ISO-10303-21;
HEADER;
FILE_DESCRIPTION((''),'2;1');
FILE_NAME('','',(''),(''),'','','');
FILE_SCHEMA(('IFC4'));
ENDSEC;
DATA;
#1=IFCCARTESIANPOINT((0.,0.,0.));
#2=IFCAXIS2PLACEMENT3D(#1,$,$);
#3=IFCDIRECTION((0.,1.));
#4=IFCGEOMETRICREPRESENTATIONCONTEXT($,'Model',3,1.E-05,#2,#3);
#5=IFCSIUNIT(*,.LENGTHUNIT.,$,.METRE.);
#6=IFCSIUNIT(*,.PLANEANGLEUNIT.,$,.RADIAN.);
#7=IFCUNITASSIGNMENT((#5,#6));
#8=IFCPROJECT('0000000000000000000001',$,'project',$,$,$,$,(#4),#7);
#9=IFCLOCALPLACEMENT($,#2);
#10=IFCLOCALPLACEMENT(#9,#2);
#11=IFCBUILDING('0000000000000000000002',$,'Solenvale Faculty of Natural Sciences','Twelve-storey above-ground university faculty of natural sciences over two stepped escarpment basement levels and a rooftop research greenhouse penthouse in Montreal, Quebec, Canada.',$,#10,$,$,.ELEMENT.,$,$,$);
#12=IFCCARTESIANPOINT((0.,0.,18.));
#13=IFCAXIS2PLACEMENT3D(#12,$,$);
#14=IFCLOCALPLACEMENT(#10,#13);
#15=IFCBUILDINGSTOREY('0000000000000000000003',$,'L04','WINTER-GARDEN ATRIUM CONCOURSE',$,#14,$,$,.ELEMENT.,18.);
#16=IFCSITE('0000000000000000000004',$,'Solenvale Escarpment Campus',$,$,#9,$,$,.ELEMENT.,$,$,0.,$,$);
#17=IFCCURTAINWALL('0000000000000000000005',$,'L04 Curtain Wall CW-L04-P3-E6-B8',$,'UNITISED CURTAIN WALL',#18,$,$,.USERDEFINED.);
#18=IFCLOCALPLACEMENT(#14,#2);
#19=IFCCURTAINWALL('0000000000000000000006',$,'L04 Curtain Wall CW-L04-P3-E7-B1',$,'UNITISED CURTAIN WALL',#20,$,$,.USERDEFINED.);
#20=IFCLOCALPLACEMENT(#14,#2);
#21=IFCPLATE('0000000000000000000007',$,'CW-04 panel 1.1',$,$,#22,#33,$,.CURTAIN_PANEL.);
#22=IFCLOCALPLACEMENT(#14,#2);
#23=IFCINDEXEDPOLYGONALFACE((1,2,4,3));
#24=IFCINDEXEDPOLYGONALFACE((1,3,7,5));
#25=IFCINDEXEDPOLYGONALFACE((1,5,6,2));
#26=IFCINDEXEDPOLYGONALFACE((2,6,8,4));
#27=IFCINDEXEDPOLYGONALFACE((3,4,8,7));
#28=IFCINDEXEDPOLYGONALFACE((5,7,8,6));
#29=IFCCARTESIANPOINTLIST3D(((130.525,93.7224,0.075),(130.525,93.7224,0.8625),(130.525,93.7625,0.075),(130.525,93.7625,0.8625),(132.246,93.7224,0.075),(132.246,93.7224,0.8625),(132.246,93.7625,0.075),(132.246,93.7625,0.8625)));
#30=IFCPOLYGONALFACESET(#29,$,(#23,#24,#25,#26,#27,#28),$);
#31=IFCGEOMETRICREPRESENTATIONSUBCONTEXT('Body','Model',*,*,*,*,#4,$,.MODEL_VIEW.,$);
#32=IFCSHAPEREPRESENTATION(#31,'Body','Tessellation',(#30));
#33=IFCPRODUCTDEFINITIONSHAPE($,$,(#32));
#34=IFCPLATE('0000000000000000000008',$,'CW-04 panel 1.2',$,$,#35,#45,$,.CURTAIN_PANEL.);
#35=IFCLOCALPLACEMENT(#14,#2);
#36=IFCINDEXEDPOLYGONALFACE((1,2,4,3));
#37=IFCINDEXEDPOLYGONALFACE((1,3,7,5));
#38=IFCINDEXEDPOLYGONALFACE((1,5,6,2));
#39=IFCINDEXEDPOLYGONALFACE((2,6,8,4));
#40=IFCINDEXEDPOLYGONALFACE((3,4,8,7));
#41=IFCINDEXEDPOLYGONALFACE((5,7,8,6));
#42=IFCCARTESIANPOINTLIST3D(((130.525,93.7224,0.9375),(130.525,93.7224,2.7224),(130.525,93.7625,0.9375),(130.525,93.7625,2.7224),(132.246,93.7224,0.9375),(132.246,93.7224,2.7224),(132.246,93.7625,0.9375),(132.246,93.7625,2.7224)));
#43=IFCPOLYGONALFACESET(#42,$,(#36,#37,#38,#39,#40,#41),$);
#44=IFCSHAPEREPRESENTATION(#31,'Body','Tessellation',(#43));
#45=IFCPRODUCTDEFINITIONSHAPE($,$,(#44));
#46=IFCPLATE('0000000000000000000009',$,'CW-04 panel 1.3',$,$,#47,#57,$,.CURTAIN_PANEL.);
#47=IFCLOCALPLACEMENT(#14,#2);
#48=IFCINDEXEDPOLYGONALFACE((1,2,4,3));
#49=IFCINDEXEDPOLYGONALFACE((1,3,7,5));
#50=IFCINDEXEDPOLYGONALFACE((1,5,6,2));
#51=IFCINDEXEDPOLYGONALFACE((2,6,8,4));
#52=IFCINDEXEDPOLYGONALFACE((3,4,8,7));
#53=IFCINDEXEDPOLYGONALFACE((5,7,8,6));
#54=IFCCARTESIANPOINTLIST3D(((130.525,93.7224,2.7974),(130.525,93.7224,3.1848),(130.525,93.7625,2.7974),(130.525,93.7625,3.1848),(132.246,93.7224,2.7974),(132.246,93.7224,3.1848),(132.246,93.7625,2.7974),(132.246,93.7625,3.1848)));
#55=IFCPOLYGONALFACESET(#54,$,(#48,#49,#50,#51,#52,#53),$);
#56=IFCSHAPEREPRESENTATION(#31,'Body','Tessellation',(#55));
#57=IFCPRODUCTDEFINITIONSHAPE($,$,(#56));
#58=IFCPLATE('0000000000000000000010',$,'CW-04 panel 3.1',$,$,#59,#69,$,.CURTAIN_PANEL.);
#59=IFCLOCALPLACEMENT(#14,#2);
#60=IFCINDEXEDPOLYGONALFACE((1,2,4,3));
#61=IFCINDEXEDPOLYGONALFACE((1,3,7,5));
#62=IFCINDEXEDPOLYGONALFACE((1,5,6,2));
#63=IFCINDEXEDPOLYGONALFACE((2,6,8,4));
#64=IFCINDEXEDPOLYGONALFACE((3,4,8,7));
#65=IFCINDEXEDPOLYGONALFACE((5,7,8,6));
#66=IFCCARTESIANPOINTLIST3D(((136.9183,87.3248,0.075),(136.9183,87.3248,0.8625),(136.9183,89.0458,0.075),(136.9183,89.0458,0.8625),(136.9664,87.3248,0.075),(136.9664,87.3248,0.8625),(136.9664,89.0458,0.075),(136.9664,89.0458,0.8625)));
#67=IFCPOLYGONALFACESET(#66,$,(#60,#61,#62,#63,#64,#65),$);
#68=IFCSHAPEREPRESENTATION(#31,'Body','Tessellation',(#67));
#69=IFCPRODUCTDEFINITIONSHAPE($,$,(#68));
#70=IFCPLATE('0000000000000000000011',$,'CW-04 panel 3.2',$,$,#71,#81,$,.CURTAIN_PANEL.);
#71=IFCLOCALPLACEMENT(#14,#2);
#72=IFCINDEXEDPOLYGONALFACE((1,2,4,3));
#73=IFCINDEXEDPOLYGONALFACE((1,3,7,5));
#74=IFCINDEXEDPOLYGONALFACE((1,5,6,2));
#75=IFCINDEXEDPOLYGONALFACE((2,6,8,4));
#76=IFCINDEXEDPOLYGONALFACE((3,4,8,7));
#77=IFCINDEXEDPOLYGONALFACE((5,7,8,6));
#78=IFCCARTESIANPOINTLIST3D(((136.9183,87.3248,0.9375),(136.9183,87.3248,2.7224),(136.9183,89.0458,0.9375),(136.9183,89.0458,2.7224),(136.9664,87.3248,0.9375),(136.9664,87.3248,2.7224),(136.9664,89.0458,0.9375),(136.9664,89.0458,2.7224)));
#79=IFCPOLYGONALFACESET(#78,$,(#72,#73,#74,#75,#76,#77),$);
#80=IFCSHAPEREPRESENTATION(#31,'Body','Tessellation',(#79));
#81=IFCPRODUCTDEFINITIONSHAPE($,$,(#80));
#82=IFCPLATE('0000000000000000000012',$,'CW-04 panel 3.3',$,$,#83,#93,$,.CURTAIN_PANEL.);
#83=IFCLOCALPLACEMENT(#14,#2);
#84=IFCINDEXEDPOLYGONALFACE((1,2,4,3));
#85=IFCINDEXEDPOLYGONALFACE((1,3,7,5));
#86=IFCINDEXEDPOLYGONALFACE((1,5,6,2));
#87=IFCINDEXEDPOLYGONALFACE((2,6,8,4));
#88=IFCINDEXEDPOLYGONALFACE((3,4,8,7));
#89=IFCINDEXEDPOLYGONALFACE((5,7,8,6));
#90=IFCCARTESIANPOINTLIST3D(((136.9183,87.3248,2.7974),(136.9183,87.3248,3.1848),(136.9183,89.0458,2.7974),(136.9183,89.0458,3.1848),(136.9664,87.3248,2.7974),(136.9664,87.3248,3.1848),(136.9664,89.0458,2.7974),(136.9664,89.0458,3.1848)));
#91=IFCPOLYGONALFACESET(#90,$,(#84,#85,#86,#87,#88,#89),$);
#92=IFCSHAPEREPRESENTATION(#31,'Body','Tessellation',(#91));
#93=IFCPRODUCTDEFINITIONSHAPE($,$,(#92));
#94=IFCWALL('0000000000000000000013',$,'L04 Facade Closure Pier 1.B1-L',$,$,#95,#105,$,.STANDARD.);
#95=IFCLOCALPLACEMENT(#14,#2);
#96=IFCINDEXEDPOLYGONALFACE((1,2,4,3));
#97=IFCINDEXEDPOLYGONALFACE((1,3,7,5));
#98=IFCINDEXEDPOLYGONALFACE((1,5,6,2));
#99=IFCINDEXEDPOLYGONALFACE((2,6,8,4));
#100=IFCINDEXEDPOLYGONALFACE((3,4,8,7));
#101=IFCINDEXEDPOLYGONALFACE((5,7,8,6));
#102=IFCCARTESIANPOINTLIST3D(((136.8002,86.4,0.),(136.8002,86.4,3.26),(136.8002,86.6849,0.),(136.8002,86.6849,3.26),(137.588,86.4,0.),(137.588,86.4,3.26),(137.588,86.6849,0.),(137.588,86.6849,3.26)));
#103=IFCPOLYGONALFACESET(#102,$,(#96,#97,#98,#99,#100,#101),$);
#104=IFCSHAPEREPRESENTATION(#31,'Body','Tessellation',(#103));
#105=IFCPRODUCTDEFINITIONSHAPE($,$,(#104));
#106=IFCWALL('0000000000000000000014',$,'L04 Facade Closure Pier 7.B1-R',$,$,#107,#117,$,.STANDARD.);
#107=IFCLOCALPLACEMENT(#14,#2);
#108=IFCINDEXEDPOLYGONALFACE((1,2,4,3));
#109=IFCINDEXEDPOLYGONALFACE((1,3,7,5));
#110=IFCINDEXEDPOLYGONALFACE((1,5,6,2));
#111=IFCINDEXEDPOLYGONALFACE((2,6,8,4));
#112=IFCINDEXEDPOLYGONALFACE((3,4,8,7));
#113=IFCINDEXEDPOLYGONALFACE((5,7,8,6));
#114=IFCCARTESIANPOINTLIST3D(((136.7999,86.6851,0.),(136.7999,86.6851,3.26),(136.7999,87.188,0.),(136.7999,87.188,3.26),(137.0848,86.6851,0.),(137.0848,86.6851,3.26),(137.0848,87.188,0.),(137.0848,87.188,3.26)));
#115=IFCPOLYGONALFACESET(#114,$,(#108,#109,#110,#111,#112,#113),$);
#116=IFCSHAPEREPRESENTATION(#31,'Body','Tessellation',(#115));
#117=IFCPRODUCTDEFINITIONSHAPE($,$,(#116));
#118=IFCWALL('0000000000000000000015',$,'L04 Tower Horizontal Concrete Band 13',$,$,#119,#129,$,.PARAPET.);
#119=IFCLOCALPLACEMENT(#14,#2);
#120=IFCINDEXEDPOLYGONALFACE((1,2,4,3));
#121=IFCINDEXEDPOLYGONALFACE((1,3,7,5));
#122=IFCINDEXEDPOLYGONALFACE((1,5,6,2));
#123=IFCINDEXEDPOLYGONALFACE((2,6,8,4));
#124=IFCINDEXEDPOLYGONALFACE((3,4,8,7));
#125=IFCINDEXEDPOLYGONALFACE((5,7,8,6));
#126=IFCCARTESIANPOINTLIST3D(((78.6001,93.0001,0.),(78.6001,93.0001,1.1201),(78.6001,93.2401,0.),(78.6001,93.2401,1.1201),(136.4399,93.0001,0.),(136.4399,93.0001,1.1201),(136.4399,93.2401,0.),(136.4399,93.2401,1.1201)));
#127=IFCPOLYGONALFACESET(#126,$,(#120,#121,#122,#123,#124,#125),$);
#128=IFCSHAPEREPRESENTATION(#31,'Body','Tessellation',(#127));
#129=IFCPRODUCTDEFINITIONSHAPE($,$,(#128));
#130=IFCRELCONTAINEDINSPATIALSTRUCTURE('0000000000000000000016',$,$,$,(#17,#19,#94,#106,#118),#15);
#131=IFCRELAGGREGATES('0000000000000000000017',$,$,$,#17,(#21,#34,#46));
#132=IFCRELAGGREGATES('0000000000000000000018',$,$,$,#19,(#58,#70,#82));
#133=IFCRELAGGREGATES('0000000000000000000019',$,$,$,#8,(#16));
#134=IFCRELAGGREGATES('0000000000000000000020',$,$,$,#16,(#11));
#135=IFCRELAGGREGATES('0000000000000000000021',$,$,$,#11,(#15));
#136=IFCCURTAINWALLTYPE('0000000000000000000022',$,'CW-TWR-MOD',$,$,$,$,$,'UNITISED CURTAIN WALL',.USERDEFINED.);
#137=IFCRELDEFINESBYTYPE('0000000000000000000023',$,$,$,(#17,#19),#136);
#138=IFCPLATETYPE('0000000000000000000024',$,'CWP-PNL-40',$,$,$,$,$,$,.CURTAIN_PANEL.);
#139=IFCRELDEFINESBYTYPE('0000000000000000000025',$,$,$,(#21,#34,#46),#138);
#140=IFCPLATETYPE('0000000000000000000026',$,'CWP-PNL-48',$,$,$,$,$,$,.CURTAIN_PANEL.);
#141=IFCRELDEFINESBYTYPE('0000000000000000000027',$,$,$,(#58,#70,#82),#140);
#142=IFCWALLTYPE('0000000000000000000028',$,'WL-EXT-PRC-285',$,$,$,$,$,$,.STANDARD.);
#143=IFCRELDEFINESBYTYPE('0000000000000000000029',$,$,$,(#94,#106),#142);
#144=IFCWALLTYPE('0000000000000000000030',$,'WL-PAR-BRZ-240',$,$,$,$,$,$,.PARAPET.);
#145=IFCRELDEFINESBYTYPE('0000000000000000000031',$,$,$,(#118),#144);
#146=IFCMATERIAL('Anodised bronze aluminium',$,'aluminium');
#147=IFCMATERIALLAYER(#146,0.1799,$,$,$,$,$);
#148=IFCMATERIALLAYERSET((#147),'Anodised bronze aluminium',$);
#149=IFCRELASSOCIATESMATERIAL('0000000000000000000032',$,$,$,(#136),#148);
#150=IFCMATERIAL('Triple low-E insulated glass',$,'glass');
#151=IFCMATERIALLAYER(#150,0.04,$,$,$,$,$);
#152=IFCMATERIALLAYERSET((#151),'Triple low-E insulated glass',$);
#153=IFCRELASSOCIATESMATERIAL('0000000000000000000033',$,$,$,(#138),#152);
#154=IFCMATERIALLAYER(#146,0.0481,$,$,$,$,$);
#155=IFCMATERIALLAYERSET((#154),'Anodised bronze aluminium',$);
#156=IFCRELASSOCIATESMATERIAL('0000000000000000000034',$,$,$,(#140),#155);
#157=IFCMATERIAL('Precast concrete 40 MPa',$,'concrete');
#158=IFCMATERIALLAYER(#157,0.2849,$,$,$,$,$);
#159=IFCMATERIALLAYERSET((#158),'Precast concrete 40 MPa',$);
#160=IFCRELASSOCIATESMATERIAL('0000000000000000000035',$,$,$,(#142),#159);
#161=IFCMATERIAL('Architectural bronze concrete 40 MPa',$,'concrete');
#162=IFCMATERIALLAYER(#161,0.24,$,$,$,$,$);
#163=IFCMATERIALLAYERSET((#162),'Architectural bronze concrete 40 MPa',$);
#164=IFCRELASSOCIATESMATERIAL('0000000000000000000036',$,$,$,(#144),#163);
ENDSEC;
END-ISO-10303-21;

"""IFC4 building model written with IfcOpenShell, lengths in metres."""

from ifc_helpers import new_model, si_unit, direction, frame, frame_2d, origin, origin_2d, place, context, subcontext, project, spatial, rectangle, extrude, material, layer, layer_set, type_object, element, aggregate, save


model = new_model("IFC4")

# Units and contexts
model_context = context("Model", 3, precision=1e-05, world=origin(), true_north=direction((0.0, 1.0)))
body_context = subcontext(model_context, "Body", "Model", "MODEL_VIEW")
ifc_project = project(units=[si_unit("LENGTHUNIT", "METRE"), si_unit("PLANEANGLEUNIT", "RADIAN")], contexts=[model_context])

# Site, building, storey
site_placement = place(None, origin())
site = spatial("IfcSite", under=ifc_project, at=site_placement, Name="Solenvale Escarpment Campus", CompositionType="ELEMENT", RefElevation=0.0)
building_placement = place(site_placement, origin())
building = spatial("IfcBuilding", under=site, at=building_placement, Name="Solenvale Faculty of Natural Sciences", Description="Twelve-storey above-ground university faculty of natural sciences over two stepped escarpment basement levels and a rooftop research greenhouse penthouse in Montreal, Quebec, Canada.", CompositionType="ELEMENT")
storey_placement = place(building_placement, frame((0.0, 0.0, 18.0)))
storey = spatial("IfcBuildingStorey", under=building, at=storey_placement, Name="L04", Description="WINTER-GARDEN ATRIUM CONCOURSE", CompositionType="ELEMENT", Elevation=18.0)

# Curtain wall
ifc_material_1 = material(Name="Anodised bronze aluminium", Category="aluminium")
ifc_layer_1 = layer(ifc_material_1, 0.1799)
ifc_layer_set_1 = layer_set([ifc_layer_1], Name="Anodised bronze aluminium")
curtain_wall_type = type_object("IfcCurtainWallType", Name="CW-TWR-MOD", ElementType="UNITISED CURTAIN WALL", PredefinedType="USERDEFINED", material=ifc_layer_set_1)
curtain_wall_1_placement = place(storey_placement, origin())
curtain_wall_1 = element("IfcCurtainWall", 1, at=curtain_wall_1_placement, inside=storey, type_object=curtain_wall_type, Name="L04 Curtain Wall CW-L04-P3-E6-B8", ObjectType="UNITISED CURTAIN WALL", PredefinedType="USERDEFINED")

# Curtain wall
curtain_wall_2_placement = place(storey_placement, origin())
curtain_wall_2 = element("IfcCurtainWall", 2, at=curtain_wall_2_placement, inside=storey, type_object=curtain_wall_type, Name="L04 Curtain Wall CW-L04-P3-E7-B1", ObjectType="UNITISED CURTAIN WALL", PredefinedType="USERDEFINED")

# Plates
ifc_material_2 = material(Name="Triple low-E insulated glass", Category="glass")
ifc_layer_2 = layer(ifc_material_2, 0.04)
ifc_layer_set_2 = layer_set([ifc_layer_2], Name="Triple low-E insulated glass")
plate_type_1 = type_object("IfcPlateType", Name="CWP-PNL-40", PredefinedType="CURTAIN_PANEL", material=ifc_layer_set_2)
plate_1_placement = place(storey_placement, frame((131.3855, 93.7424, 0.075), z_axis=(0.0, 0.0, 1.0), x_axis=(1.0, 0.0, 0.0)))
plate_1 = element("IfcPlate", 3, at=plate_1_placement, type_object=plate_type_1, Name="CW-04 panel 1.1", PredefinedType="CURTAIN_PANEL", context=body_context, shape_type="SweptSolid", body=[
    extrude(rectangle(XDim=1.7209, YDim=0.04, at=origin_2d()), origin(), (0.0, 0.0, 1.0), 0.7876),
])
plate_2_placement = place(storey_placement, frame((131.3855, 93.7424, 0.9375), z_axis=(0.0, 0.0, 1.0), x_axis=(1.0, 0.0, 0.0)))
plate_2 = element("IfcPlate", 4, at=plate_2_placement, type_object=plate_type_1, Name="CW-04 panel 1.2", PredefinedType="CURTAIN_PANEL", context=body_context, shape_type="SweptSolid", body=[
    extrude(rectangle(XDim=1.7209, YDim=0.04, at=origin_2d()), origin(), (0.0, 0.0, 1.0), 1.7849),
])
plate_3_placement = place(storey_placement, frame((131.3855, 93.7424, 2.7974), z_axis=(0.0, 0.0, 1.0), x_axis=(1.0, 0.0, 0.0)))
plate_3 = element("IfcPlate", 5, at=plate_3_placement, type_object=plate_type_1, Name="CW-04 panel 1.3", PredefinedType="CURTAIN_PANEL", context=body_context, shape_type="SweptSolid", body=[
    extrude(rectangle(XDim=1.7209, YDim=0.04, at=origin_2d()), origin(), (0.0, 0.0, 1.0), 0.3875),
])
aggregate(curtain_wall_1, [plate_1, plate_2, plate_3])
ifc_layer_3 = layer(ifc_material_1, 0.0481)
ifc_layer_set_3 = layer_set([ifc_layer_3], Name="Anodised bronze aluminium")
plate_type_2 = type_object("IfcPlateType", Name="CWP-PNL-48", PredefinedType="CURTAIN_PANEL", material=ifc_layer_set_3)
plate_4_placement = place(storey_placement, frame((136.9424, 88.1853, 0.075), z_axis=(0.0, 0.0, 1.0), x_axis=(0.0, -1.0, 0.0)))
plate_4 = element("IfcPlate", 6, at=plate_4_placement, type_object=plate_type_2, Name="CW-04 panel 3.1", PredefinedType="CURTAIN_PANEL", context=body_context, shape_type="SweptSolid", body=[
    extrude(rectangle(XDim=1.7209, YDim=0.0481, at=origin_2d()), origin(), (0.0, 0.0, 1.0), 0.7876),
])
plate_5_placement = place(storey_placement, frame((136.9424, 88.1853, 0.9375), z_axis=(0.0, 0.0, 1.0), x_axis=(0.0, -1.0, 0.0)))
plate_5 = element("IfcPlate", 7, at=plate_5_placement, type_object=plate_type_2, Name="CW-04 panel 3.2", PredefinedType="CURTAIN_PANEL", context=body_context, shape_type="SweptSolid", body=[
    extrude(rectangle(XDim=1.7209, YDim=0.0481, at=origin_2d()), origin(), (0.0, 0.0, 1.0), 1.7849),
])
plate_6_placement = place(storey_placement, frame((136.9424, 88.1853, 2.7974), z_axis=(0.0, 0.0, 1.0), x_axis=(0.0, -1.0, 0.0)))
plate_6 = element("IfcPlate", 8, at=plate_6_placement, type_object=plate_type_2, Name="CW-04 panel 3.3", PredefinedType="CURTAIN_PANEL", context=body_context, shape_type="SweptSolid", body=[
    extrude(rectangle(XDim=1.7209, YDim=0.0481, at=origin_2d()), origin(), (0.0, 0.0, 1.0), 0.3875),
])
aggregate(curtain_wall_2, [plate_4, plate_5, plate_6])

# Walls
ifc_material_3 = material(Name="Precast concrete 40 MPa", Category="concrete")
ifc_layer_4 = layer(ifc_material_3, 0.2849)
ifc_layer_set_4 = layer_set([ifc_layer_4], Name="Precast concrete 40 MPa")
wall_type_1 = type_object("IfcWallType", Name="WL-EXT-PRC-285", PredefinedType="STANDARD", material=ifc_layer_set_4)
wall_1_placement = place(storey_placement, frame((136.8, 86.5425, 0.0), z_axis=(0.0, 0.0, 1.0), x_axis=(1.0, 0.0, 0.0)))
element("IfcWall", 9, at=wall_1_placement, inside=storey, type_object=wall_type_1, Name="L04 Facade Closure Pier 1.B1-L", PredefinedType="STANDARD", context=body_context, shape_type="SweptSolid", body=[
    extrude(rectangle(XDim=0.7878, YDim=0.2849, at=frame_2d((0.394, 0.0))), origin(), (0.0, 0.0, 1.0), 3.26),
])
wall_2_placement = place(storey_placement, frame((136.9424, 87.188, 0.0), z_axis=(0.0, 0.0, 1.0), x_axis=(0.0, -1.0, 0.0)))
element("IfcWall", 10, at=wall_2_placement, inside=storey, type_object=wall_type_1, Name="L04 Facade Closure Pier 7.B1-R", PredefinedType="STANDARD", context=body_context, shape_type="SweptSolid", body=[
    extrude(rectangle(XDim=0.5029, YDim=0.2849, at=frame_2d((0.2515, 0.0))), origin(), (0.0, 0.0, 1.0), 3.26),
])
ifc_material_4 = material(Name="Architectural bronze concrete 40 MPa", Category="concrete")
ifc_layer_5 = layer(ifc_material_4, 0.24)
ifc_layer_set_5 = layer_set([ifc_layer_5], Name="Architectural bronze concrete 40 MPa")
wall_type_2 = type_object("IfcWallType", Name="WL-PAR-BRZ-240", PredefinedType="PARAPET", material=ifc_layer_set_5)
wall_3_placement = place(storey_placement, frame((136.4399, 93.1201, 0.0), z_axis=(0.0, 0.0, 1.0), x_axis=(-1.0, 0.0, 0.0)))
element("IfcWall", 11, at=wall_3_placement, inside=storey, type_object=wall_type_2, Name="L04 Tower Horizontal Concrete Band 13", PredefinedType="PARAPET", context=body_context, shape_type="SweptSolid", body=[
    extrude(rectangle(XDim=57.8398, YDim=0.24, at=frame_2d((28.9199, 0.0))), origin(), (0.0, 0.0, 1.0), 1.1201),
])

save(model, "model.ifc")
